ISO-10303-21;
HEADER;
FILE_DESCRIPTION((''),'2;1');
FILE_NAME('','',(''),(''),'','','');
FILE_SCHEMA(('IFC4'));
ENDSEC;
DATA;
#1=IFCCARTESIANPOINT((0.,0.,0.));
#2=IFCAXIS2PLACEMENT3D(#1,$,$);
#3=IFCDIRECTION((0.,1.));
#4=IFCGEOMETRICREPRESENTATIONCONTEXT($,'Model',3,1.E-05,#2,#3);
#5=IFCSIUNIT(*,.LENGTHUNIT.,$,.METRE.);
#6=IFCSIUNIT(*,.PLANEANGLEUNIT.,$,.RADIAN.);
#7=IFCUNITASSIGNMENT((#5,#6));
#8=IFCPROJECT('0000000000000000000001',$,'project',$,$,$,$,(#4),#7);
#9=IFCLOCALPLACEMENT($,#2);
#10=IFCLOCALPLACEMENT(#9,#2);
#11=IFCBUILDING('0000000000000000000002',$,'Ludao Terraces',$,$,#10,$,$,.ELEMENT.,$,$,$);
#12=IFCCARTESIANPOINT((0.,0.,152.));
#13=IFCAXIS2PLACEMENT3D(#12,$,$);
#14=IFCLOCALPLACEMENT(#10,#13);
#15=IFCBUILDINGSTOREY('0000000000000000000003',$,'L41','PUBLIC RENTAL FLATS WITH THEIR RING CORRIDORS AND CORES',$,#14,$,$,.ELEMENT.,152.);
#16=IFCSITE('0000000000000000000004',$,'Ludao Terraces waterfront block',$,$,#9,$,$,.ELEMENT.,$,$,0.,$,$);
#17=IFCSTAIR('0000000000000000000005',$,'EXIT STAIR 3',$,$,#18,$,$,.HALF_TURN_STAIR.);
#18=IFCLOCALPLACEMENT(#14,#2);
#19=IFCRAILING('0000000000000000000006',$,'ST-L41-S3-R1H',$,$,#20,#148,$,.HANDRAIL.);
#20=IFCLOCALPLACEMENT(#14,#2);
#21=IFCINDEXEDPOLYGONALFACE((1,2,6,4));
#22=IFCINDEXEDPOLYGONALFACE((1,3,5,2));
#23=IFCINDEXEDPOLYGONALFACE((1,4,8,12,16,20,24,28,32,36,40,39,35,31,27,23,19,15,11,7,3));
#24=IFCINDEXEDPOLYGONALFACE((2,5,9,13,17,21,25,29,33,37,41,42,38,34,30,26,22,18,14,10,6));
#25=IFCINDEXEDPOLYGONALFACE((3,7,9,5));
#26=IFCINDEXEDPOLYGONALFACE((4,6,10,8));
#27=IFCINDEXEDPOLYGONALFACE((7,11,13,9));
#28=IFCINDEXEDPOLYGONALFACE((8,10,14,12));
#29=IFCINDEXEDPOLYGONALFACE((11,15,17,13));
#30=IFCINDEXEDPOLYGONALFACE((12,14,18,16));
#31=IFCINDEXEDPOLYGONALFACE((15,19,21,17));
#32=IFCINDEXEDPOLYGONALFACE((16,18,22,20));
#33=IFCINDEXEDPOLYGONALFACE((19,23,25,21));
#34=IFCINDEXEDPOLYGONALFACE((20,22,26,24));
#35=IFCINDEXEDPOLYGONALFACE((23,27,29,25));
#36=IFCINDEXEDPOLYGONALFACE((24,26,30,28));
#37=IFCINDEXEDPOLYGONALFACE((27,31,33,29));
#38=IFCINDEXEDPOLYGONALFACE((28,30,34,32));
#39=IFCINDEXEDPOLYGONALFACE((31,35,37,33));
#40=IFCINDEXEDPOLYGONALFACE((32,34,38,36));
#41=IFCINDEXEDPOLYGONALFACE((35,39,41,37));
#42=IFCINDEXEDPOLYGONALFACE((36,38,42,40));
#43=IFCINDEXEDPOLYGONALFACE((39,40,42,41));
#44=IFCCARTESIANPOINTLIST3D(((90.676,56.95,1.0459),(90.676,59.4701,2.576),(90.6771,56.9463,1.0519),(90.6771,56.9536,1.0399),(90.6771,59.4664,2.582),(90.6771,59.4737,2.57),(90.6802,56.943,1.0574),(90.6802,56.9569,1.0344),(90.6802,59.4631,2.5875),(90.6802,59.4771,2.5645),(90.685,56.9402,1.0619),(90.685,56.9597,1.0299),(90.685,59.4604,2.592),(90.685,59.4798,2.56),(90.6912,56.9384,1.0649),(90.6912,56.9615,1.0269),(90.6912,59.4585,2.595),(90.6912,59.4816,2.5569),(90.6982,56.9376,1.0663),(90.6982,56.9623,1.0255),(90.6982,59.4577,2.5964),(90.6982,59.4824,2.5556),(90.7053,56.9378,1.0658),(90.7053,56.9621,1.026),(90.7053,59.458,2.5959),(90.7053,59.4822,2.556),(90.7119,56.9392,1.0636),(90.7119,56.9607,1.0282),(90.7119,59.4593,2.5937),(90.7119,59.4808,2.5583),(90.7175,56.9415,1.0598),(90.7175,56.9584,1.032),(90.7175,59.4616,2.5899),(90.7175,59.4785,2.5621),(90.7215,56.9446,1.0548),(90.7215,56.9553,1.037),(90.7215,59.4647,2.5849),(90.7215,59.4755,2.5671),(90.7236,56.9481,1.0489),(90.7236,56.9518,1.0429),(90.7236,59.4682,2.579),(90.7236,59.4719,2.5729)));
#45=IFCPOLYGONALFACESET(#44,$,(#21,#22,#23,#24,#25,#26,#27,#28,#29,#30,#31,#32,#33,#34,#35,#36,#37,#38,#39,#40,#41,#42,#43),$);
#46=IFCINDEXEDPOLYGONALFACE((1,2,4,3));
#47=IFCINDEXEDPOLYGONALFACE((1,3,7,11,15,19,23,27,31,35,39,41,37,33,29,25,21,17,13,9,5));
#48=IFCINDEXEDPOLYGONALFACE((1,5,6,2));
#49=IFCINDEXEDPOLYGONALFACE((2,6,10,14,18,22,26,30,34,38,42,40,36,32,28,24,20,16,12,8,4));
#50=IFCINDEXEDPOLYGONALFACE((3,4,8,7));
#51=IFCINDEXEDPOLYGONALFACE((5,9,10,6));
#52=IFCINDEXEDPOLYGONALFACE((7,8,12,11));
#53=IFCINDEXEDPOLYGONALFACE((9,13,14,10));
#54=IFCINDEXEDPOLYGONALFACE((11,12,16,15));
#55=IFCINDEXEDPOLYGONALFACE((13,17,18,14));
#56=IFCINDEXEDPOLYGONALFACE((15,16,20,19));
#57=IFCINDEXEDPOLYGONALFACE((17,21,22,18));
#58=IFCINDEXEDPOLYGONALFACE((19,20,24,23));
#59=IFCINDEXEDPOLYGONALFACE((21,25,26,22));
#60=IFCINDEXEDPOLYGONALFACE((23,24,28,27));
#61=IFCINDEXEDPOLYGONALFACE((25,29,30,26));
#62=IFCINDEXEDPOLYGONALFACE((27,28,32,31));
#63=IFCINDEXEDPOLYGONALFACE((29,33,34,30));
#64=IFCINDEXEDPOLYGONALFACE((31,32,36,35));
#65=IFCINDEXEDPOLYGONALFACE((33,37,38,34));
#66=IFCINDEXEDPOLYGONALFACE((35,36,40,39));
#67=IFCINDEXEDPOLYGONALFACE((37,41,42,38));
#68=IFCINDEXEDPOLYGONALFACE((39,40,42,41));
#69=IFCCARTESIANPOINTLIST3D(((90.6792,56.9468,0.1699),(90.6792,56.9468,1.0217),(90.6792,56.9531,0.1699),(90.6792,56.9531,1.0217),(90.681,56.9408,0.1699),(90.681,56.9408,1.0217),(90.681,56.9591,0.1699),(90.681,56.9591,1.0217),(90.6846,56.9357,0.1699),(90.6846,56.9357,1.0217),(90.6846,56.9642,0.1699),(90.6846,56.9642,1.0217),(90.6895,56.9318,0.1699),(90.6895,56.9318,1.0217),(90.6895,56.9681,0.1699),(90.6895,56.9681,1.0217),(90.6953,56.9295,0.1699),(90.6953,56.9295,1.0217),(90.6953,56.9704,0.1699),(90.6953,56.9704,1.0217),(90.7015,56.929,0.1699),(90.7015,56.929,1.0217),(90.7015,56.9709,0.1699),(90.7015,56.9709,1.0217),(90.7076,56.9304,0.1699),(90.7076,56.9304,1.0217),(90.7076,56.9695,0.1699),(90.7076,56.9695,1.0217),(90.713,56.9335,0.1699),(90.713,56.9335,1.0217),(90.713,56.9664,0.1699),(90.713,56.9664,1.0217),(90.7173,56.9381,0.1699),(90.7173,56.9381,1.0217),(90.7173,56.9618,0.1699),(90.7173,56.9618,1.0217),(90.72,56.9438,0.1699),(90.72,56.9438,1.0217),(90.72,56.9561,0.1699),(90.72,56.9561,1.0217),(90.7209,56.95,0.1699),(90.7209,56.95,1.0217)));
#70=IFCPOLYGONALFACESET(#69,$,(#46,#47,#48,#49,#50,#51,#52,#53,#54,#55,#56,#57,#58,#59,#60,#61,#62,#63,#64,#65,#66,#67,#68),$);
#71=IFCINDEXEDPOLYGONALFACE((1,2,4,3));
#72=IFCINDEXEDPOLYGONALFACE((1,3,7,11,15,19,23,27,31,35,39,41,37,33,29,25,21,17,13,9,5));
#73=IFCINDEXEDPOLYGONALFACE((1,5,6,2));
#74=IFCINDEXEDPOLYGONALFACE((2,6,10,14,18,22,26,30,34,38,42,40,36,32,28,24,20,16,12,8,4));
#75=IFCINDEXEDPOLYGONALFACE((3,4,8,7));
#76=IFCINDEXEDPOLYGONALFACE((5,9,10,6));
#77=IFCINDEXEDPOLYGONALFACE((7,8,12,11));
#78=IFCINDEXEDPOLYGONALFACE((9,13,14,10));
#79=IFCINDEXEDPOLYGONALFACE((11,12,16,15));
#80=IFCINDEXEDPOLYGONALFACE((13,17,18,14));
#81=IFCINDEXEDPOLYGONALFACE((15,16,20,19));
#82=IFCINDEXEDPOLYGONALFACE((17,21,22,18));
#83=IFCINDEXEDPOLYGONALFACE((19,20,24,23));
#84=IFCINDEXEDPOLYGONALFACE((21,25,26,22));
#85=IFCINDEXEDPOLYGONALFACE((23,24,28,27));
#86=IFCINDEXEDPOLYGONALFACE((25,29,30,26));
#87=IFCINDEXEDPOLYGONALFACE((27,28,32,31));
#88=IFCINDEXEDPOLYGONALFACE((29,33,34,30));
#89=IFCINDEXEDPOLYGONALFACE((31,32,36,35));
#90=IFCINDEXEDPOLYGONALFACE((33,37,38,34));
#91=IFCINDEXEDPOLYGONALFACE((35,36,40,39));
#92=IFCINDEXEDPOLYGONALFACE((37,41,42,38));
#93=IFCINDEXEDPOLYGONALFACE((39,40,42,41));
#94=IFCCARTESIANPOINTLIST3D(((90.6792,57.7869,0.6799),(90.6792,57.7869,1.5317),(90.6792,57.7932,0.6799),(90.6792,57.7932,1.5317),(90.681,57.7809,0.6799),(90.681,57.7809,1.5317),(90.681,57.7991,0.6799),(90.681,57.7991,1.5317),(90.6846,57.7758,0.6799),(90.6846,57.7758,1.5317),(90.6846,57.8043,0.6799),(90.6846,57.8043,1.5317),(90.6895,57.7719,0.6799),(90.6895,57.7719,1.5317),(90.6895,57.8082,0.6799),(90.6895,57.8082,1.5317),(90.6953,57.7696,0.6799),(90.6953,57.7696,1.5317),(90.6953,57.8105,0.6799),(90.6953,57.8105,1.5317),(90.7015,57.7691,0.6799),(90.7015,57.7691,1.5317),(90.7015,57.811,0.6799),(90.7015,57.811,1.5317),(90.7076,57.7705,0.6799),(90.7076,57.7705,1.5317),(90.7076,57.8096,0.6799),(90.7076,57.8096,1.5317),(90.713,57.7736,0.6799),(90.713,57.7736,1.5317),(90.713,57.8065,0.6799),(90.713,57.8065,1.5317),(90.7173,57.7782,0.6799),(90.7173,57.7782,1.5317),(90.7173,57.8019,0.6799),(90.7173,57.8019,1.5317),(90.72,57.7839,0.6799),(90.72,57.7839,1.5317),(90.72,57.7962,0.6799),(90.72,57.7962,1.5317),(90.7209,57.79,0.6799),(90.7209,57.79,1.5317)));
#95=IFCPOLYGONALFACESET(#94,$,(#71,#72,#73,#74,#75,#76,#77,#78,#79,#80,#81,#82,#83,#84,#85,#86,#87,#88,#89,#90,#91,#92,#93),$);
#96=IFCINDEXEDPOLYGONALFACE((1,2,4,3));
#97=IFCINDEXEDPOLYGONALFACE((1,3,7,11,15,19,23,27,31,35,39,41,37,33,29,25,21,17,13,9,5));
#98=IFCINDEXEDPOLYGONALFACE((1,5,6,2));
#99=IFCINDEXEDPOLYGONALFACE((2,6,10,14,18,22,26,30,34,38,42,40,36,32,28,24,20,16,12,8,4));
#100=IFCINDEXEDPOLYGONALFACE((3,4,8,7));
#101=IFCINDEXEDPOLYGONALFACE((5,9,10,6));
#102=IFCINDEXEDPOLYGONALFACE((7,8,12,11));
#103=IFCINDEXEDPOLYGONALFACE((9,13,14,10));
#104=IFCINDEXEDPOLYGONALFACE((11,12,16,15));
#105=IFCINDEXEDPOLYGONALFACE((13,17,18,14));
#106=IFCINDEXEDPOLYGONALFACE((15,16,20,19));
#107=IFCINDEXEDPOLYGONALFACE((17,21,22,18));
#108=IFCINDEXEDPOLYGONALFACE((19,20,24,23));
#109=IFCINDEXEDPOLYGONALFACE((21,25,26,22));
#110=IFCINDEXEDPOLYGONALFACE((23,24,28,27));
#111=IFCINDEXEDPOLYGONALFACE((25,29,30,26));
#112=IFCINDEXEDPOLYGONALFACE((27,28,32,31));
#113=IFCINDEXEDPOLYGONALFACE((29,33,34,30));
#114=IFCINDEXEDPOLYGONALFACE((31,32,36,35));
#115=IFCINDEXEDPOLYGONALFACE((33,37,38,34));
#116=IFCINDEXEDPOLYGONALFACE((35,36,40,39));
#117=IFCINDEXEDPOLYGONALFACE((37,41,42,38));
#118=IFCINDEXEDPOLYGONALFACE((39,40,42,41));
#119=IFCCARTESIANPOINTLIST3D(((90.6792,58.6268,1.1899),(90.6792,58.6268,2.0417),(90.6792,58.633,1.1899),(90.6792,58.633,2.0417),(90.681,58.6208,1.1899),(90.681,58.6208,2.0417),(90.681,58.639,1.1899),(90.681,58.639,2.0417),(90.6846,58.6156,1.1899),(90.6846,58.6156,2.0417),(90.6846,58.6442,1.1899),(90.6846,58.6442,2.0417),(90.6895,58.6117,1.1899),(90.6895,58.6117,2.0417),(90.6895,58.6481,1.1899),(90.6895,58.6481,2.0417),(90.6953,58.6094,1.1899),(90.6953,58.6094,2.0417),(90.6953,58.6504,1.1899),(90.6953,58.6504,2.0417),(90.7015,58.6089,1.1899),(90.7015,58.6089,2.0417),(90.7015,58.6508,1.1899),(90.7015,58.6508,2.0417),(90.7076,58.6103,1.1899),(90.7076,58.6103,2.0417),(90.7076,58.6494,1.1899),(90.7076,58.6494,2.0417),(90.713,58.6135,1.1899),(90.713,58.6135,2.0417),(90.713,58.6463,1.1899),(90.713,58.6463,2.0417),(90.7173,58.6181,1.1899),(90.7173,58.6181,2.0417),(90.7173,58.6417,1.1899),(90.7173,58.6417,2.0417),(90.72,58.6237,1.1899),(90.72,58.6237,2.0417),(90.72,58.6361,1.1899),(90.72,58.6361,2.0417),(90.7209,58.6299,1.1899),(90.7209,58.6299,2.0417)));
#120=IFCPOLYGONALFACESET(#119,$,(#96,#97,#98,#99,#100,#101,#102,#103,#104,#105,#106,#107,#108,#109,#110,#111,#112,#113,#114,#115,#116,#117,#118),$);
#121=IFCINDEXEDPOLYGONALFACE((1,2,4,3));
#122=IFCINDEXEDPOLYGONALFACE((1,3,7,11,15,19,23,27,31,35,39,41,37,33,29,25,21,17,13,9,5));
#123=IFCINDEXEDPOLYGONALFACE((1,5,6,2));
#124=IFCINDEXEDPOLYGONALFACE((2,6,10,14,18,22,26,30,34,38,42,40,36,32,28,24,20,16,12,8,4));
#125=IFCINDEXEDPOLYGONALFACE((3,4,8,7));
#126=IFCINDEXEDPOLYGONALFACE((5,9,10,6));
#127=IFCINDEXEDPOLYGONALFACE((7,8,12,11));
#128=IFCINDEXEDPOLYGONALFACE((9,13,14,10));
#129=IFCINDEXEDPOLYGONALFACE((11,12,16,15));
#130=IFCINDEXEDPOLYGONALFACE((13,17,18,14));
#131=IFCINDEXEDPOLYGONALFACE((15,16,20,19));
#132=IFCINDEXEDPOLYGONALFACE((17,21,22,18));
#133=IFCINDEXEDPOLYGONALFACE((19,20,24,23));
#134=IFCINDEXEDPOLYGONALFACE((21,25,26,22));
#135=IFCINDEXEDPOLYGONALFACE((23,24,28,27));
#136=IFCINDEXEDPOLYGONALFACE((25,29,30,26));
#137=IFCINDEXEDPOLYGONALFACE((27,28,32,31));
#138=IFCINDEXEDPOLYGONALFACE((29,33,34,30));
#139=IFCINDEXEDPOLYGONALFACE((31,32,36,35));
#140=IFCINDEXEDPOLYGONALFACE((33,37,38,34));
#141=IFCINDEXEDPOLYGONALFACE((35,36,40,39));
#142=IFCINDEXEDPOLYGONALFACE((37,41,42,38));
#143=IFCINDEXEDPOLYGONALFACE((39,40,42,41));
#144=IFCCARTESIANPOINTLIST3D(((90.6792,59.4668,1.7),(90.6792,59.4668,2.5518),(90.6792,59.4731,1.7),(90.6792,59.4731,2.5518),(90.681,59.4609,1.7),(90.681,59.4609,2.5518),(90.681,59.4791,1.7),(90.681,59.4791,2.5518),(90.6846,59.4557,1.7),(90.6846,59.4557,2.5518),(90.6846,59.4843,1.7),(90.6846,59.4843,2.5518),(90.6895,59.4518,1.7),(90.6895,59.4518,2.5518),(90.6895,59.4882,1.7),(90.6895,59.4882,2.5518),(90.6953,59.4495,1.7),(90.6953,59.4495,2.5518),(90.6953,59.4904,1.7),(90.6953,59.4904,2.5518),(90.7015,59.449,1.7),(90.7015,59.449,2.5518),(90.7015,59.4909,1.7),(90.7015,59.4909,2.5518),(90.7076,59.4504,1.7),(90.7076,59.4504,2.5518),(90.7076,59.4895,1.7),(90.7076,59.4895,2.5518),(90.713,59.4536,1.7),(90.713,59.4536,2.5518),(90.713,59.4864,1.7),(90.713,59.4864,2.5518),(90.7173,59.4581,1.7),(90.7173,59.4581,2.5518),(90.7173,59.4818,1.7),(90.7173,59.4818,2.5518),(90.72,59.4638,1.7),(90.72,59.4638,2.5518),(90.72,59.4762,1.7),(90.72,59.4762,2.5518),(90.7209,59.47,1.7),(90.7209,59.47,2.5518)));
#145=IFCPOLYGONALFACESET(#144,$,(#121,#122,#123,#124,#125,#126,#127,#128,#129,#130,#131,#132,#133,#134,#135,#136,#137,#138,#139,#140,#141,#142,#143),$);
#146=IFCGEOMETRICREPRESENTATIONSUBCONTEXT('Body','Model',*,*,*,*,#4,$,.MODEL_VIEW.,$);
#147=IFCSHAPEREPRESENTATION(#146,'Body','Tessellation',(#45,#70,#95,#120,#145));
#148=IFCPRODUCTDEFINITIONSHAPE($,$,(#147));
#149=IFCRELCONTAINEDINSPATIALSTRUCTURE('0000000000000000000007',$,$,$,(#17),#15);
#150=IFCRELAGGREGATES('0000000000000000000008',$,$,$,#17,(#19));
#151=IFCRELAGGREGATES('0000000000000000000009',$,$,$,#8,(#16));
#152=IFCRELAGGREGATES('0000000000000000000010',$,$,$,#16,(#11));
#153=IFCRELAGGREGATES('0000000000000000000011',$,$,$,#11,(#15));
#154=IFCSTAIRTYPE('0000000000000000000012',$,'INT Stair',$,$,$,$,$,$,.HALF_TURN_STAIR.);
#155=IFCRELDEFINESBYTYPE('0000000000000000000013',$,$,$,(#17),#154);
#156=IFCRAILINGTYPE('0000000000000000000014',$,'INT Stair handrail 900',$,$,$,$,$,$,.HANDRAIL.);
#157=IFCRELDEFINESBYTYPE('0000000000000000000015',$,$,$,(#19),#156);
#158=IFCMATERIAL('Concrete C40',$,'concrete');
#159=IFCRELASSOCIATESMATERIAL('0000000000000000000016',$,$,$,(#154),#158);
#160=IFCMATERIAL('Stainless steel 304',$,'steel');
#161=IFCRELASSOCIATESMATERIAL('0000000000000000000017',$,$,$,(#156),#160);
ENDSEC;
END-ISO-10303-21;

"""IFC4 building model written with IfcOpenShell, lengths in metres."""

from ifc_helpers import new_model, si_unit, direction, frame, origin, origin_2d, place, context, subcontext, project, spatial, circle, extrude, material, type_object, element, aggregate, save


model = new_model("IFC4")

# Units and contexts
model_context = context("Model", 3, precision=1e-05, world=origin(), true_north=direction((0.0, 1.0)))
body_context = subcontext(model_context, "Body", "Model", "MODEL_VIEW")
ifc_project = project(units=[si_unit("LENGTHUNIT", "METRE"), si_unit("PLANEANGLEUNIT", "RADIAN")], contexts=[model_context])

# Site, building, storey
site_placement = place(None, origin())
site = spatial("IfcSite", under=ifc_project, at=site_placement, Name="Ludao Terraces waterfront block", CompositionType="ELEMENT", RefElevation=0.0)
building_placement = place(site_placement, origin())
building = spatial("IfcBuilding", under=site, at=building_placement, Name="Ludao Terraces", CompositionType="ELEMENT")
storey_placement = place(building_placement, frame((0.0, 0.0, 152.0)))
storey = spatial("IfcBuildingStorey", under=building, at=storey_placement, Name="L41", Description="PUBLIC RENTAL FLATS WITH THEIR RING CORRIDORS AND CORES", CompositionType="ELEMENT", Elevation=152.0)

# Shared definitions
ifc_material_1 = material(Name="Concrete C40", Category="concrete")

# Stair, railing
stair_type = type_object("IfcStairType", Name="INT Stair", PredefinedType="HALF_TURN_STAIR", material=ifc_material_1)
stair_placement = place(storey_placement, origin())
stair = element("IfcStair", 1, at=stair_placement, inside=storey, type_object=stair_type, Name="EXIT STAIR 3", PredefinedType="HALF_TURN_STAIR")
ifc_material_2 = material(Name="Stainless steel 304", Category="steel")
railing_type_1 = type_object("IfcRailingType", Name="INT Stair handrail 900", PredefinedType="HANDRAIL", material=ifc_material_2)
railing_1_placement = place(storey_placement, frame((90.7, 56.95, 0.1699)))
railing_1 = element("IfcRailing", 2, at=railing_1_placement, type_object=railing_type_1, Name="ST-L41-S3-R1H", PredefinedType="HANDRAIL", context=body_context, shape_type="SweptSolid", body=[
    extrude(circle(Radius=0.0239, at=origin_2d()), frame((0.0, 0.0, 0.876), z_axis=(0.0, 0.854785, 0.518982), x_axis=(-1.0, 0.0, 0.0)), (0.0, 0.0, 1.0), 2.9482),
    extrude(circle(Radius=0.021, at=origin_2d()), origin(), (0.0, 0.0, 1.0), 0.8518),
    extrude(circle(Radius=0.021, at=origin_2d()), frame((0.0, 0.8401, 0.51)), (0.0, 0.0, 1.0), 0.8518),
    extrude(circle(Radius=0.021, at=origin_2d()), frame((0.0, 1.6799, 1.02)), (0.0, 0.0, 1.0), 0.8518),
    extrude(circle(Radius=0.021, at=origin_2d()), frame((0.0, 2.52, 1.53)), (0.0, 0.0, 1.0), 0.8518),
])
aggregate(stair, [railing_1])

save(model, "model.ifc")
